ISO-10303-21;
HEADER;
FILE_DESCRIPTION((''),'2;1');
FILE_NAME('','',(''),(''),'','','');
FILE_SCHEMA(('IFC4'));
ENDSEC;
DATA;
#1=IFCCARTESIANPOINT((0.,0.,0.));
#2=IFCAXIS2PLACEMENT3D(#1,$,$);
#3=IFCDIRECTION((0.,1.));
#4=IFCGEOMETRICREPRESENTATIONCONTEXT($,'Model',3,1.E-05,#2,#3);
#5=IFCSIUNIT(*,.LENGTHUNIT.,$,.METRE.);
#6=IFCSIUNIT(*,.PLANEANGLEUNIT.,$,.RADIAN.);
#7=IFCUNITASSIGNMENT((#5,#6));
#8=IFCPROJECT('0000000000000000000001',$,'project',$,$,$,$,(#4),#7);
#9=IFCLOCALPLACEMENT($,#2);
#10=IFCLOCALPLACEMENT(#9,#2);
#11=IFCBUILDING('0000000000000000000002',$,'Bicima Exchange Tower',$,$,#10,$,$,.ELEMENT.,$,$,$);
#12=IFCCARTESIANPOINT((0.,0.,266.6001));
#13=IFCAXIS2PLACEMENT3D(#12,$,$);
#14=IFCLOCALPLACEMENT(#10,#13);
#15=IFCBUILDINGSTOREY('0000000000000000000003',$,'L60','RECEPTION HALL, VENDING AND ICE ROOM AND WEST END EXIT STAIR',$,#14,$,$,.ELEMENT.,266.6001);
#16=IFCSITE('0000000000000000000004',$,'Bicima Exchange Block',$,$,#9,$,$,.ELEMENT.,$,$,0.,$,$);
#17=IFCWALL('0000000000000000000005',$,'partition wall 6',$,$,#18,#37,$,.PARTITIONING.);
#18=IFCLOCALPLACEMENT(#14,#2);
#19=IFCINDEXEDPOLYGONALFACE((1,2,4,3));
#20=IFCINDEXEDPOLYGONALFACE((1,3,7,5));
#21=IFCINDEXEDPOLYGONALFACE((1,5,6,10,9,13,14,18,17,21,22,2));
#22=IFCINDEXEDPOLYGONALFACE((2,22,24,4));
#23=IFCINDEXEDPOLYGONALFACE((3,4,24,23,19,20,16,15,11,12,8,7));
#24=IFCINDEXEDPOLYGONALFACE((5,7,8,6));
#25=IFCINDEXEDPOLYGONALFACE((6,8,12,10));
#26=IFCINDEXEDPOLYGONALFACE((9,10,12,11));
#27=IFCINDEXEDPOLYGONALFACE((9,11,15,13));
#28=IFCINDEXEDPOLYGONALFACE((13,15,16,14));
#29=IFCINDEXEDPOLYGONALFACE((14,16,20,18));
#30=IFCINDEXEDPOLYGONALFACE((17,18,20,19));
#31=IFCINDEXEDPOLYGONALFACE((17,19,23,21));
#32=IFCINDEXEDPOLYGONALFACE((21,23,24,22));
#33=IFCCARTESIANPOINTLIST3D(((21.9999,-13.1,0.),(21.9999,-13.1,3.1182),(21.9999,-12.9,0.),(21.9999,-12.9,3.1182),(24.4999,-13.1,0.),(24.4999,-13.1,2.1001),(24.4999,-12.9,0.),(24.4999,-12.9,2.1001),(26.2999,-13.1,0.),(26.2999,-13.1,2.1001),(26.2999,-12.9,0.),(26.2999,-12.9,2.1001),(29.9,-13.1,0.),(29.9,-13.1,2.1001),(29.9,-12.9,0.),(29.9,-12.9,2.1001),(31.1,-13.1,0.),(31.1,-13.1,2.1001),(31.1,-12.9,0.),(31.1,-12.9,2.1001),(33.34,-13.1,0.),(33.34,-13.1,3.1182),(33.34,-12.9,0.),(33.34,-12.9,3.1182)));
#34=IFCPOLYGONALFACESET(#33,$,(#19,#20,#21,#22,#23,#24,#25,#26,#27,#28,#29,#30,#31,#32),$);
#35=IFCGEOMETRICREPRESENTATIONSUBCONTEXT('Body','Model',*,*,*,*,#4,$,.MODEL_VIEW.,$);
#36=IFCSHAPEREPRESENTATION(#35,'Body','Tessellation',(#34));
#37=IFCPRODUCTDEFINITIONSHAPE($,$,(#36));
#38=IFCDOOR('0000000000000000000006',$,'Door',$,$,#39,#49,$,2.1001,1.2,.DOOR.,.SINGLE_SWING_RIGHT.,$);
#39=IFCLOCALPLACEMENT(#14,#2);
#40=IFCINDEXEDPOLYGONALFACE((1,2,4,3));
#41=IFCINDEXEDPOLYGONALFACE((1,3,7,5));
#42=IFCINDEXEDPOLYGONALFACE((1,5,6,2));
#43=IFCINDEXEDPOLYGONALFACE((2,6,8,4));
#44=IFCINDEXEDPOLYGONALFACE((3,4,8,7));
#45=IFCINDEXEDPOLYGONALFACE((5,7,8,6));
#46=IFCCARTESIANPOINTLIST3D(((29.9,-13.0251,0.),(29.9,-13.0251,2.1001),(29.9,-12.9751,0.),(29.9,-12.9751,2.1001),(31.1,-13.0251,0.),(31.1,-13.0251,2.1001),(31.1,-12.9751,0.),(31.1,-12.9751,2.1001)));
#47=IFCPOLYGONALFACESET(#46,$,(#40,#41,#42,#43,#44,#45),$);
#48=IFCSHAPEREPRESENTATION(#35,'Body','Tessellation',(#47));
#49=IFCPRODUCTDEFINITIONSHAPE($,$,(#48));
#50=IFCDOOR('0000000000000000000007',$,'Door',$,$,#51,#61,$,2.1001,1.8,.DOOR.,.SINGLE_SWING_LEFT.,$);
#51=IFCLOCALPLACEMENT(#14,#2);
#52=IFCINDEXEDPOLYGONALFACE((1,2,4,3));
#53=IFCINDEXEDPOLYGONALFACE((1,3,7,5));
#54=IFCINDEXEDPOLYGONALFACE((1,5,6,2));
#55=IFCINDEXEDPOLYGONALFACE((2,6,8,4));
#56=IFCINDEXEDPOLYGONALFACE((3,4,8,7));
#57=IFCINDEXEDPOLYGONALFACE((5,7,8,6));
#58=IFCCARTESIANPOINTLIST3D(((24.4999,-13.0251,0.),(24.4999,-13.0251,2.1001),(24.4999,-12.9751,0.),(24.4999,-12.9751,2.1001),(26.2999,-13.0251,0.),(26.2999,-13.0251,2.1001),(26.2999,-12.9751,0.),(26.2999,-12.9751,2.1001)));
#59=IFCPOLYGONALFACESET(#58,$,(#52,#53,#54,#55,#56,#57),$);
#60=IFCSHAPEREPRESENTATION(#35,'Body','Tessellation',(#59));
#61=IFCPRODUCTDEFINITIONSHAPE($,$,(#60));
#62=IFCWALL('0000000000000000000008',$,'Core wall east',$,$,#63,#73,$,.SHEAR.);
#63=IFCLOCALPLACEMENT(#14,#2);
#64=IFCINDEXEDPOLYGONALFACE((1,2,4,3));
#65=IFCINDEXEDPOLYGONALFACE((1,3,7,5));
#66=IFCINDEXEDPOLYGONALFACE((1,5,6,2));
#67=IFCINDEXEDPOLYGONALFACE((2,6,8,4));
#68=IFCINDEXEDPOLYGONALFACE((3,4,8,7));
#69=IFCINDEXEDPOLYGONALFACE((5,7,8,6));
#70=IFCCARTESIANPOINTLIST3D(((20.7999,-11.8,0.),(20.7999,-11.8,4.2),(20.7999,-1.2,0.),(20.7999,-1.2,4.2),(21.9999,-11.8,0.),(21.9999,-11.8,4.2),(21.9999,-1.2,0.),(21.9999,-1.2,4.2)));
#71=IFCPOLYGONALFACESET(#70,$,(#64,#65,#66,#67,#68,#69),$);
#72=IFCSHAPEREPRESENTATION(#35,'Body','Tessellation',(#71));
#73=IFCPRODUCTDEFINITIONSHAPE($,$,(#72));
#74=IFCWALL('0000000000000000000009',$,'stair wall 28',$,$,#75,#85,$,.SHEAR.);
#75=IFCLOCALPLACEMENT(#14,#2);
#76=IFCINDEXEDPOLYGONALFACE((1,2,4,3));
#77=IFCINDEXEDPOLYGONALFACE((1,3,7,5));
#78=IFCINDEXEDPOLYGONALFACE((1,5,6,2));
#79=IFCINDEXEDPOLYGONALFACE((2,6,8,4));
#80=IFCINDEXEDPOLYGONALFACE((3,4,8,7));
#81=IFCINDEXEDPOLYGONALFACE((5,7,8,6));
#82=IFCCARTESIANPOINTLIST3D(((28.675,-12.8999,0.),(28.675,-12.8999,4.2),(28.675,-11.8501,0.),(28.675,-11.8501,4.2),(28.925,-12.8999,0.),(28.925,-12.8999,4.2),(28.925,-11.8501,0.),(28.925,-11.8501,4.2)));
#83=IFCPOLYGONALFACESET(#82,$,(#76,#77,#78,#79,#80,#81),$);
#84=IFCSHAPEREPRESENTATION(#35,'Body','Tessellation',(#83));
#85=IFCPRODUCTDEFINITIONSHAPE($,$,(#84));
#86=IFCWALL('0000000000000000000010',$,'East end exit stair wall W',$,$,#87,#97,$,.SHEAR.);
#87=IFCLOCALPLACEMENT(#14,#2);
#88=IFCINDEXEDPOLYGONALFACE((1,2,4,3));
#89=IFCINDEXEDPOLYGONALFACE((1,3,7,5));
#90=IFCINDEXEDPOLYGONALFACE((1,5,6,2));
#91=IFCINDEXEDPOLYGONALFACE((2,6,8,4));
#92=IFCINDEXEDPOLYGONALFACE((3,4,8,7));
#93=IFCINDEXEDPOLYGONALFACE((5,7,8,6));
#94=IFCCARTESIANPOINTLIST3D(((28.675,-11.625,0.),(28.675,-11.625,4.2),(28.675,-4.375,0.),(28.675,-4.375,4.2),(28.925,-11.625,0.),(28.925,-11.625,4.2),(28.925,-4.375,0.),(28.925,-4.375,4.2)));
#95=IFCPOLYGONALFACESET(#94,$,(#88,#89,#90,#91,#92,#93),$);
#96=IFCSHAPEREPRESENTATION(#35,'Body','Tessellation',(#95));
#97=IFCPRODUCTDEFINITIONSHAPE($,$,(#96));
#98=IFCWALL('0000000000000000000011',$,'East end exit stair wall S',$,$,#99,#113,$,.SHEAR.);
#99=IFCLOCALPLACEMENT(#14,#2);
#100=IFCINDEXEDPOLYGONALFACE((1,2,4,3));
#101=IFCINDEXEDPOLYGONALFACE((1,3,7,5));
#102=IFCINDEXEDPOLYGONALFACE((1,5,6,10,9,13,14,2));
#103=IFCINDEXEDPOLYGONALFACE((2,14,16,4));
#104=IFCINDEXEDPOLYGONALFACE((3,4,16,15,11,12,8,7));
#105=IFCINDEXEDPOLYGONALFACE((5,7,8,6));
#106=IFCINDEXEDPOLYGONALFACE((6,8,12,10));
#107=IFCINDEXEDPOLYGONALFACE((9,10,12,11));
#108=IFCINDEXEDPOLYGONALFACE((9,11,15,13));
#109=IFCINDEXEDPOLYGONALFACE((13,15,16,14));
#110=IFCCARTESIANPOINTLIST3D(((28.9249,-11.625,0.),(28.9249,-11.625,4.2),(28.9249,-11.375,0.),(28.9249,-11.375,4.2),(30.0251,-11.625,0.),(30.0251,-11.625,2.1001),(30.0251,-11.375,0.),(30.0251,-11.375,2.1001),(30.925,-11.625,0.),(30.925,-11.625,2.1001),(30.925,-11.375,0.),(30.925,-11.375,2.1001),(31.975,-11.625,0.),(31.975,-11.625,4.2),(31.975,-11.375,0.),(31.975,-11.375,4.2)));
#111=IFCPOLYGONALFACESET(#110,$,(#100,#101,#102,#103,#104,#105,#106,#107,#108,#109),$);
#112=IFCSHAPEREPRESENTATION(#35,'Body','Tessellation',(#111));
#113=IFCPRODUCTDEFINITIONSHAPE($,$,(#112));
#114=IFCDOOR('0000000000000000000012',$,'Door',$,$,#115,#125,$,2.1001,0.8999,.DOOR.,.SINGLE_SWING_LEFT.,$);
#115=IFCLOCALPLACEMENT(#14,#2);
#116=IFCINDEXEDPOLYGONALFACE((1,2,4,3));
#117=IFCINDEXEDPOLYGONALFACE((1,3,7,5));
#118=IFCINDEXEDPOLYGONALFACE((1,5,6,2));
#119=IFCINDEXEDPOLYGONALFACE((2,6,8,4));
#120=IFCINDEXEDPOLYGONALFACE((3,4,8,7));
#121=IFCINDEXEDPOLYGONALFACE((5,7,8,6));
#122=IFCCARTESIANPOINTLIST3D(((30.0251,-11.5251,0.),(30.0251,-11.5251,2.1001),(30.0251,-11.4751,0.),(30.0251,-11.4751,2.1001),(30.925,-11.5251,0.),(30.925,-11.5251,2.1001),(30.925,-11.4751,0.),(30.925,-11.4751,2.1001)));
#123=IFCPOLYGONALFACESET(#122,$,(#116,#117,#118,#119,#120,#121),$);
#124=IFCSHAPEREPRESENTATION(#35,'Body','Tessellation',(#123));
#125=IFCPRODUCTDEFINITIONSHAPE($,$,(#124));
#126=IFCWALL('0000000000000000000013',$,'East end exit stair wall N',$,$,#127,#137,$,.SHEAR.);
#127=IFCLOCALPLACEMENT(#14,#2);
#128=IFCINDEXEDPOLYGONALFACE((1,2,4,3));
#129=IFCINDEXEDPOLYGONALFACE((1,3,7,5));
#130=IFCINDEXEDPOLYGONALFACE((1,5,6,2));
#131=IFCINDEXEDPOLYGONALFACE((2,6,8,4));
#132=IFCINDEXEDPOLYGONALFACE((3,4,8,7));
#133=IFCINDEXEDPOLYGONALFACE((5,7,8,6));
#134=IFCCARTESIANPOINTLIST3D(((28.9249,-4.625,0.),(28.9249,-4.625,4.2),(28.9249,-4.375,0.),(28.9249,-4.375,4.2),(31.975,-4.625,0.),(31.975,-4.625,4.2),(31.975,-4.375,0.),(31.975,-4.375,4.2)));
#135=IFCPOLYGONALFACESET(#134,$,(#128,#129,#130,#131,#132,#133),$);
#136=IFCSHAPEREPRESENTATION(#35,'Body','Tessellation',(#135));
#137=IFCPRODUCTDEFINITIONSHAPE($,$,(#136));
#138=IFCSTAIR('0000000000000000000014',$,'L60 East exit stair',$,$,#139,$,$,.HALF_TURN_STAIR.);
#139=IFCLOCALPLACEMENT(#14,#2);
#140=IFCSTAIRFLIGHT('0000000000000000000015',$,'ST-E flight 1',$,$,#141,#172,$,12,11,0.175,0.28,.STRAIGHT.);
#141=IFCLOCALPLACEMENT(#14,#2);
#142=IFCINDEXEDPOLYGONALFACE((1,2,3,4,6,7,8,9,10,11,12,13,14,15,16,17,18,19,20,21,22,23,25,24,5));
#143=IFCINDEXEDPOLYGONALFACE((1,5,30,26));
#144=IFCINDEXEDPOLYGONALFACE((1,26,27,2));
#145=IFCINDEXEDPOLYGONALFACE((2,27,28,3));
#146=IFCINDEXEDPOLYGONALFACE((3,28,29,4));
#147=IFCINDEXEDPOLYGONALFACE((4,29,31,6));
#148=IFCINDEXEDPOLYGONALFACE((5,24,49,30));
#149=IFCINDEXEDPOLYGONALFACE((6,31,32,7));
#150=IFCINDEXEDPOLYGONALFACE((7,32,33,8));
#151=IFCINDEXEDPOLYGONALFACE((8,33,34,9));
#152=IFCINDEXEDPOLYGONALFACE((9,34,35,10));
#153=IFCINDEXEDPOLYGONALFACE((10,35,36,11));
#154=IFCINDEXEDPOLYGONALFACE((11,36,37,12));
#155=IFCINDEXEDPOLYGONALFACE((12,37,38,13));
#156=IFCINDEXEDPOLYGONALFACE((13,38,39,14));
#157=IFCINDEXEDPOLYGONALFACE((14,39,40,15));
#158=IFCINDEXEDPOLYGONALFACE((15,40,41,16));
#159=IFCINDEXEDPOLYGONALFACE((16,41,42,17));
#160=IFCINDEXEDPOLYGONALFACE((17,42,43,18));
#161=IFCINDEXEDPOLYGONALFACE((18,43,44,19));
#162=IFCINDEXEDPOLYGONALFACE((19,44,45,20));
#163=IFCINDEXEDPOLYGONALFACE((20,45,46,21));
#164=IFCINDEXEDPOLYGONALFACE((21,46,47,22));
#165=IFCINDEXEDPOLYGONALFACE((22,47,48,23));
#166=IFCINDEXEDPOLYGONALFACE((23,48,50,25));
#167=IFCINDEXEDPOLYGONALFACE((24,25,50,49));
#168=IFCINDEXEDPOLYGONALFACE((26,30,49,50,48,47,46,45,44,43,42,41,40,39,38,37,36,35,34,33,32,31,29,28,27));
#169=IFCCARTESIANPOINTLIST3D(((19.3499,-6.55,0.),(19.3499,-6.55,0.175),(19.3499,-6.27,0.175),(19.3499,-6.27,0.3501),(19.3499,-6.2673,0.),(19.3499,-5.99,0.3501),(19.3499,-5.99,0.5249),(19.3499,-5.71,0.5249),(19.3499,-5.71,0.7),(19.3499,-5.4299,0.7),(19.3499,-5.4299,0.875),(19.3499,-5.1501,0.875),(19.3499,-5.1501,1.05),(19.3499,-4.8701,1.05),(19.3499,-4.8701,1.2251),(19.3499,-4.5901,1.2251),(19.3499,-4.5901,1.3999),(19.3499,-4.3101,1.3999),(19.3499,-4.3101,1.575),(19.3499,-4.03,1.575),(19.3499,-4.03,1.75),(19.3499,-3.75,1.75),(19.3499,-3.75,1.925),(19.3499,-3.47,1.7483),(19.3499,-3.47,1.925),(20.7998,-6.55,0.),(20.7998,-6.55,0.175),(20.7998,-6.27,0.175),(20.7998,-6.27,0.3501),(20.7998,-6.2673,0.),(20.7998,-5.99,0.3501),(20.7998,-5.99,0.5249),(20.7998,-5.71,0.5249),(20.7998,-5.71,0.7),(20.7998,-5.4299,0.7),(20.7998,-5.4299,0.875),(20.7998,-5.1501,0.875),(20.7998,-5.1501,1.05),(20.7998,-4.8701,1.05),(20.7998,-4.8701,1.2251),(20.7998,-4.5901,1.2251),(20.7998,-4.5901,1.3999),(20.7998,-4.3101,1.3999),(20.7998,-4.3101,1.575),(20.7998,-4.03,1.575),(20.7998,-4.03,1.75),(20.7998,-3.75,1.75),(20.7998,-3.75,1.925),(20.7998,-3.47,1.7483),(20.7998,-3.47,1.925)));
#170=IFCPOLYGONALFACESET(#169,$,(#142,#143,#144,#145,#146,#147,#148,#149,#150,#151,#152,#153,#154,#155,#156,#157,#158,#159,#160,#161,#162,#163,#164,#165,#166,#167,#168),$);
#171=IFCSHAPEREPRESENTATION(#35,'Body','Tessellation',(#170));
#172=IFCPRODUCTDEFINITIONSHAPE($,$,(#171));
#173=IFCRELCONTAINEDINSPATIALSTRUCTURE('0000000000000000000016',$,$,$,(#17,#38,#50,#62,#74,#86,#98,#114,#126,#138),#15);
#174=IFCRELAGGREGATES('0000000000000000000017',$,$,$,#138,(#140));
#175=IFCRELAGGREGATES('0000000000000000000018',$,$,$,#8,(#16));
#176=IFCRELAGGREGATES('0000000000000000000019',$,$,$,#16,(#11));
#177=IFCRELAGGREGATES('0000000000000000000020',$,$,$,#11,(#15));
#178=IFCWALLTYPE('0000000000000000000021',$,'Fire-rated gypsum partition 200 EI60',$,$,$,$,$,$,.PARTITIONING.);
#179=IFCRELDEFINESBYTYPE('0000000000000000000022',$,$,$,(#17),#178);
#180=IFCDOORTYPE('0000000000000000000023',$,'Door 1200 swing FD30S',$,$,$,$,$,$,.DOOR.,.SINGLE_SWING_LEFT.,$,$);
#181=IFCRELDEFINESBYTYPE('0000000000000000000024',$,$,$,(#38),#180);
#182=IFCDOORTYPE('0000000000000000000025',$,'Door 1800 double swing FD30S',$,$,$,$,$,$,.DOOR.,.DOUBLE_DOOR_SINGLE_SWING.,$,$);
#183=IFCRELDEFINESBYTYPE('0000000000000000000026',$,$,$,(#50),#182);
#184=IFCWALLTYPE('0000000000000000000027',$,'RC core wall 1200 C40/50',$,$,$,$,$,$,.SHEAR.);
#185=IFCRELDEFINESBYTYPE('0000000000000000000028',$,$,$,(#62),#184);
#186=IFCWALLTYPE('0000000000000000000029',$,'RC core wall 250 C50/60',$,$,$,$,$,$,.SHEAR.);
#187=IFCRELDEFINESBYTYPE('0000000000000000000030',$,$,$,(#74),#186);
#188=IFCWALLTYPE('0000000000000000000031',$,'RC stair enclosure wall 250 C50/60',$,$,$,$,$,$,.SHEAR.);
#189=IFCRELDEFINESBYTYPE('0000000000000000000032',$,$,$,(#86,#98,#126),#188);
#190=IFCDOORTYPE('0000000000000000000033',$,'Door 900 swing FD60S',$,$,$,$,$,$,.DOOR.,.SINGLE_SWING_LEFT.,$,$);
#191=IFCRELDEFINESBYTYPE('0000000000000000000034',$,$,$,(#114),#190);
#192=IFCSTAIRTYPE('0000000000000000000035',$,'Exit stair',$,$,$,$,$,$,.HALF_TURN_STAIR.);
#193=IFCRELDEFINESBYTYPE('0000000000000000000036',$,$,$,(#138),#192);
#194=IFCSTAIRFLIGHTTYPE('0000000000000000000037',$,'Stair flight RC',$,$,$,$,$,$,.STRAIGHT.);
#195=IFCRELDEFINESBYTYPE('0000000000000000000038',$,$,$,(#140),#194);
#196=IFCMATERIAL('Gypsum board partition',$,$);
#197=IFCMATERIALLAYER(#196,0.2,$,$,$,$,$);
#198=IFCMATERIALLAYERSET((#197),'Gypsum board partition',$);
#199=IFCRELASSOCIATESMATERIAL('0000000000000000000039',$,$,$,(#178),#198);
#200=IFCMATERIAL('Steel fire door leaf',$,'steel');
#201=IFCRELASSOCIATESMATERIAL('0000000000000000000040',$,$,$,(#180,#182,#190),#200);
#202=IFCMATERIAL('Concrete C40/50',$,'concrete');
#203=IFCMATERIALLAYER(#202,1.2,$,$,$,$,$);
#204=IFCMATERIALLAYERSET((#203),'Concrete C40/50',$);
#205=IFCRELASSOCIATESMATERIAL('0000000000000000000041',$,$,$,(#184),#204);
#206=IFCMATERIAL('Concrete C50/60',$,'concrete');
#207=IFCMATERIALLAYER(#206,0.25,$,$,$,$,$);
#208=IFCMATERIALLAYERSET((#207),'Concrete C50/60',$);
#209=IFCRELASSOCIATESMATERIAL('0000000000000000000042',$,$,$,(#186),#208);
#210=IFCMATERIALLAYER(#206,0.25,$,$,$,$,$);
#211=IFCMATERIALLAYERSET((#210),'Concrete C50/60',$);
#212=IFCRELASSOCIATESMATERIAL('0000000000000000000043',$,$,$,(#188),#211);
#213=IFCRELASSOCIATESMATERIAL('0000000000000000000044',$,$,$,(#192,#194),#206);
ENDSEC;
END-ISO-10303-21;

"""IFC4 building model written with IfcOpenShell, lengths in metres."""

from ifc_helpers import new_model, si_unit, direction, frame, frame_2d, origin, place, context, subcontext, project, spatial, polyline, rectangle, outline, extrude, material, layer, layer_set, type_object, element, fill, aggregate, save


model = new_model("IFC4")

# Units and contexts
model_context = context("Model", 3, precision=1e-05, world=origin(), true_north=direction((0.0, 1.0)))
body_context = subcontext(model_context, "Body", "Model", "MODEL_VIEW")
ifc_project = project(units=[si_unit("LENGTHUNIT", "METRE"), si_unit("PLANEANGLEUNIT", "RADIAN")], contexts=[model_context])

# Site, building, storey
site_placement = place(None, origin())
site = spatial("IfcSite", under=ifc_project, at=site_placement, Name="Bicima Exchange Block", CompositionType="ELEMENT", RefElevation=0.0)
building_placement = place(site_placement, origin())
building = spatial("IfcBuilding", under=site, at=building_placement, Name="Bicima Exchange Tower", CompositionType="ELEMENT")
storey_placement = place(building_placement, frame((0.0, 0.0, 266.6001)))
storey = spatial("IfcBuildingStorey", under=building, at=storey_placement, Name="L60", Description="RECEPTION HALL, VENDING AND ICE ROOM AND WEST END EXIT STAIR", CompositionType="ELEMENT", Elevation=266.6001)

# Wall, openings, doors
ifc_material_1 = material(Name="Gypsum board partition")
ifc_layer_1 = layer(ifc_material_1, 0.2)
ifc_layer_set_1 = layer_set([ifc_layer_1], Name="Gypsum board partition")
wall_type_1 = type_object("IfcWallType", Name="Fire-rated gypsum partition 200 EI60", PredefinedType="PARTITIONING", material=ifc_layer_set_1)
wall_1_placement = place(storey_placement, frame((22.0, -13.0, 0.0), z_axis=(0.0, 0.0, 1.0), x_axis=(1.0, 0.0, 0.0)))
wall_1 = element("IfcWall", 1, at=wall_1_placement, inside=storey, type_object=wall_type_1, Name="partition wall 6", PredefinedType="PARTITIONING", context=body_context, shape_type="SweptSolid", body=[
    extrude(rectangle(XDim=11.3401, YDim=0.2, at=frame_2d((5.6699, 0.0))), origin(), (0.0, 0.0, 1.0), 3.1182),
])
opening_1_placement = place(wall_1_placement, frame((7.8999, 0.0, 0.0)))
opening_1 = element("IfcOpeningElement", 2, at=opening_1_placement, cuts=wall_1, PredefinedType="OPENING", context=body_context, shape_type="SweptSolid", body=[
    extrude(rectangle(XDim=1.2, YDim=2.1001, at=frame_2d((0.6001, 1.05))), frame((0.0, 0.1118, 0.0), z_axis=(0.0, -1.0, 0.0), x_axis=(1.0, 0.0, 0.0)), (0.0, 0.0, 1.0), 0.2239),
])
opening_2_placement = place(wall_1_placement, frame((2.5, 0.0, 0.0)))
opening_2 = element("IfcOpeningElement", 3, at=opening_2_placement, cuts=wall_1, PredefinedType="OPENING", context=body_context, shape_type="SweptSolid", body=[
    extrude(rectangle(XDim=1.8, YDim=2.1001, at=frame_2d((0.8999, 1.05))), frame((0.0, 0.1118, 0.0), z_axis=(0.0, -1.0, 0.0), x_axis=(1.0, 0.0, 0.0)), (0.0, 0.0, 1.0), 0.2239),
])
ifc_material_2 = material(Name="Steel fire door leaf", Category="steel")
door_type_1 = type_object("IfcDoorType", Name="Door 1200 swing FD30S", OperationType="SINGLE_SWING_LEFT", PredefinedType="DOOR", material=ifc_material_2)
door_1_placement = place(opening_1_placement, origin())
door_1 = element("IfcDoor", 4, at=door_1_placement, inside=storey, type_object=door_type_1, Name="Door", OperationType="SINGLE_SWING_RIGHT", OverallHeight=2.1001, OverallWidth=1.2, PredefinedType="DOOR", context=body_context, shape_type="SweptSolid", body=[
    extrude(rectangle(XDim=1.2, YDim=2.1001, at=frame_2d((0.6001, 1.05))), frame((0.0, 0.0249, 0.0), z_axis=(0.0, -1.0, 0.0), x_axis=(1.0, 0.0, 0.0)), (0.0, 0.0, 1.0), 0.05),
])
fill(opening_1, door_1)
door_type_2 = type_object("IfcDoorType", Name="Door 1800 double swing FD30S", OperationType="DOUBLE_DOOR_SINGLE_SWING", PredefinedType="DOOR", material=ifc_material_2)
door_2_placement = place(opening_2_placement, origin())
door_2 = element("IfcDoor", 5, at=door_2_placement, inside=storey, type_object=door_type_2, Name="Door", OperationType="SINGLE_SWING_LEFT", OverallHeight=2.1001, OverallWidth=1.8, PredefinedType="DOOR", context=body_context, shape_type="SweptSolid", body=[
    extrude(rectangle(XDim=1.8, YDim=2.1001, at=frame_2d((0.8999, 1.05))), frame((0.0, 0.0249, 0.0), z_axis=(0.0, -1.0, 0.0), x_axis=(1.0, 0.0, 0.0)), (0.0, 0.0, 1.0), 0.05),
])
fill(opening_2, door_2)

# Walls
ifc_material_3 = material(Name="Concrete C40/50", Category="concrete")
ifc_layer_2 = layer(ifc_material_3, 1.2)
ifc_layer_set_2 = layer_set([ifc_layer_2], Name="Concrete C40/50")
wall_type_2 = type_object("IfcWallType", Name="RC core wall 1200 C40/50", PredefinedType="SHEAR", material=ifc_layer_set_2)
wall_2_placement = place(storey_placement, frame((21.3999, -11.8, 0.0), z_axis=(0.0, 0.0, 1.0), x_axis=(0.0, 1.0, 0.0)))
element("IfcWall", 6, at=wall_2_placement, inside=storey, type_object=wall_type_2, Name="Core wall east", PredefinedType="SHEAR", context=body_context, shape_type="SweptSolid", body=[
    extrude(rectangle(XDim=10.6001, YDim=1.2, at=frame_2d((5.3, 0.0))), origin(), (0.0, 0.0, 1.0), 4.2),
])
ifc_material_4 = material(Name="Concrete C50/60", Category="concrete")
ifc_layer_3 = layer(ifc_material_4, 0.25)
ifc_layer_set_3 = layer_set([ifc_layer_3], Name="Concrete C50/60")
wall_type_3 = type_object("IfcWallType", Name="RC core wall 250 C50/60", PredefinedType="SHEAR", material=ifc_layer_set_3)
wall_3_placement = place(storey_placement, frame((28.8, -12.8999, 0.0), z_axis=(0.0, 0.0, 1.0), x_axis=(0.0, 1.0, 0.0)))
element("IfcWall", 7, at=wall_3_placement, inside=storey, type_object=wall_type_3, Name="stair wall 28", PredefinedType="SHEAR", context=body_context, shape_type="SweptSolid", body=[
    extrude(rectangle(XDim=1.0498, YDim=0.25, at=frame_2d((0.5249, 0.0))), origin(), (0.0, 0.0, 1.0), 4.2),
])
ifc_layer_4 = layer(ifc_material_4, 0.25)
ifc_layer_set_4 = layer_set([ifc_layer_4], Name="Concrete C50/60")
wall_type_4 = type_object("IfcWallType", Name="RC stair enclosure wall 250 C50/60", PredefinedType="SHEAR", material=ifc_layer_set_4)
wall_4_placement = place(storey_placement, frame((28.8, -11.625, 0.0), z_axis=(0.0, 0.0, 1.0), x_axis=(0.0, 1.0, 0.0)))
element("IfcWall", 8, at=wall_4_placement, inside=storey, type_object=wall_type_4, Name="East end exit stair wall W", PredefinedType="SHEAR", context=body_context, shape_type="SweptSolid", body=[
    extrude(rectangle(XDim=7.25, YDim=0.25, at=frame_2d((3.625, 0.0))), origin(), (0.0, 0.0, 1.0), 4.2),
])

# Wall, opening, door
wall_5_placement = place(storey_placement, frame((28.925, -11.5, 0.0), z_axis=(0.0, 0.0, 1.0), x_axis=(1.0, 0.0, 0.0)))
wall_5 = element("IfcWall", 9, at=wall_5_placement, inside=storey, type_object=wall_type_4, Name="East end exit stair wall S", PredefinedType="SHEAR", context=body_context, shape_type="SweptSolid", body=[
    extrude(rectangle(XDim=3.05, YDim=0.25, at=frame_2d((1.5249, 0.0))), origin(), (0.0, 0.0, 1.0), 4.2),
])
opening_3_placement = place(wall_5_placement, frame((1.1001, 0.0, 0.0)))
opening_3 = element("IfcOpeningElement", 10, at=opening_3_placement, cuts=wall_5, PredefinedType="OPENING", context=body_context, shape_type="SweptSolid", body=[
    extrude(rectangle(XDim=0.8999, YDim=2.1001, at=frame_2d((0.45, 1.05))), frame((0.0, 0.137, 0.0), z_axis=(0.0, -1.0, 0.0), x_axis=(1.0, 0.0, 0.0)), (0.0, 0.0, 1.0), 0.2739),
])
door_type_3 = type_object("IfcDoorType", Name="Door 900 swing FD60S", OperationType="SINGLE_SWING_LEFT", PredefinedType="DOOR", material=ifc_material_2)
door_3_placement = place(opening_3_placement, origin())
door_3 = element("IfcDoor", 11, at=door_3_placement, inside=storey, type_object=door_type_3, Name="Door", OperationType="SINGLE_SWING_LEFT", OverallHeight=2.1001, OverallWidth=0.8999, PredefinedType="DOOR", context=body_context, shape_type="SweptSolid", body=[
    extrude(rectangle(XDim=0.8999, YDim=2.1001, at=frame_2d((0.45, 1.05))), frame((0.0, 0.0249, 0.0), z_axis=(0.0, -1.0, 0.0), x_axis=(1.0, 0.0, 0.0)), (0.0, 0.0, 1.0), 0.05),
])
fill(opening_3, door_3)

# Wall
wall_6_placement = place(storey_placement, frame((28.925, -4.5, 0.0), z_axis=(0.0, 0.0, 1.0), x_axis=(1.0, 0.0, 0.0)))
element("IfcWall", 12, at=wall_6_placement, inside=storey, type_object=wall_type_4, Name="East end exit stair wall N", PredefinedType="SHEAR", context=body_context, shape_type="SweptSolid", body=[
    extrude(rectangle(XDim=3.05, YDim=0.25, at=frame_2d((1.5249, 0.0))), origin(), (0.0, 0.0, 1.0), 4.2),
])

# Stair, stair flight
stair_type = type_object("IfcStairType", Name="Exit stair", PredefinedType="HALF_TURN_STAIR", material=ifc_material_4)
stair_1_placement = place(storey_placement, origin())
stair_1 = element("IfcStair", 13, at=stair_1_placement, inside=storey, type_object=stair_type, Name="L60 East exit stair", PredefinedType="HALF_TURN_STAIR")
stair_flight_type = type_object("IfcStairFlightType", Name="Stair flight RC", PredefinedType="STRAIGHT", material=ifc_material_4)
stair_flight_1_placement = place(storey_placement, frame((20.075, -6.55, 0.0), z_axis=(0.0, 0.0, 1.0), x_axis=(0.0, 1.0, 0.0)))
stair_flight_1 = element("IfcStairFlight", 14, at=stair_flight_1_placement, type_object=stair_flight_type, Name="ST-E flight 1", NumberOfRisers=12, NumberOfTreads=11, PredefinedType="STRAIGHT", RiserHeight=0.175, TreadLength=0.28, context=body_context, shape_type="SweptSolid", body=[
    extrude(outline(polyline([(0.0, 0.0), (0.0, 0.175), (0.28, 0.175), (0.28, 0.3501), (0.5601, 0.3501), (0.5601, 0.5249), (0.8401, 0.5249), (0.8401, 0.7), (1.1201, 0.7), (1.1201, 0.875), (1.3999, 0.875), (1.3999, 1.05), (1.6799, 1.05), (1.6799, 1.2251), (1.96, 1.2251), (1.96, 1.3999), (2.24, 1.3999), (2.24, 1.575), (2.52, 1.575), (2.52, 1.75), (2.8, 1.75), (2.8, 1.925), (3.0801, 1.925), (3.0801, 2.1001), (3.0801, 1.7483), (0.2827, 0.0), (0.0, 0.0)])), frame((0.0, 0.7251, 0.0), z_axis=(0.0, -1.0, 0.0), x_axis=(1.0, 0.0, 0.0)), (0.0, 0.0, 1.0), 1.45),
])
aggregate(stair_1, [stair_flight_1])

save(model, "model.ifc")
